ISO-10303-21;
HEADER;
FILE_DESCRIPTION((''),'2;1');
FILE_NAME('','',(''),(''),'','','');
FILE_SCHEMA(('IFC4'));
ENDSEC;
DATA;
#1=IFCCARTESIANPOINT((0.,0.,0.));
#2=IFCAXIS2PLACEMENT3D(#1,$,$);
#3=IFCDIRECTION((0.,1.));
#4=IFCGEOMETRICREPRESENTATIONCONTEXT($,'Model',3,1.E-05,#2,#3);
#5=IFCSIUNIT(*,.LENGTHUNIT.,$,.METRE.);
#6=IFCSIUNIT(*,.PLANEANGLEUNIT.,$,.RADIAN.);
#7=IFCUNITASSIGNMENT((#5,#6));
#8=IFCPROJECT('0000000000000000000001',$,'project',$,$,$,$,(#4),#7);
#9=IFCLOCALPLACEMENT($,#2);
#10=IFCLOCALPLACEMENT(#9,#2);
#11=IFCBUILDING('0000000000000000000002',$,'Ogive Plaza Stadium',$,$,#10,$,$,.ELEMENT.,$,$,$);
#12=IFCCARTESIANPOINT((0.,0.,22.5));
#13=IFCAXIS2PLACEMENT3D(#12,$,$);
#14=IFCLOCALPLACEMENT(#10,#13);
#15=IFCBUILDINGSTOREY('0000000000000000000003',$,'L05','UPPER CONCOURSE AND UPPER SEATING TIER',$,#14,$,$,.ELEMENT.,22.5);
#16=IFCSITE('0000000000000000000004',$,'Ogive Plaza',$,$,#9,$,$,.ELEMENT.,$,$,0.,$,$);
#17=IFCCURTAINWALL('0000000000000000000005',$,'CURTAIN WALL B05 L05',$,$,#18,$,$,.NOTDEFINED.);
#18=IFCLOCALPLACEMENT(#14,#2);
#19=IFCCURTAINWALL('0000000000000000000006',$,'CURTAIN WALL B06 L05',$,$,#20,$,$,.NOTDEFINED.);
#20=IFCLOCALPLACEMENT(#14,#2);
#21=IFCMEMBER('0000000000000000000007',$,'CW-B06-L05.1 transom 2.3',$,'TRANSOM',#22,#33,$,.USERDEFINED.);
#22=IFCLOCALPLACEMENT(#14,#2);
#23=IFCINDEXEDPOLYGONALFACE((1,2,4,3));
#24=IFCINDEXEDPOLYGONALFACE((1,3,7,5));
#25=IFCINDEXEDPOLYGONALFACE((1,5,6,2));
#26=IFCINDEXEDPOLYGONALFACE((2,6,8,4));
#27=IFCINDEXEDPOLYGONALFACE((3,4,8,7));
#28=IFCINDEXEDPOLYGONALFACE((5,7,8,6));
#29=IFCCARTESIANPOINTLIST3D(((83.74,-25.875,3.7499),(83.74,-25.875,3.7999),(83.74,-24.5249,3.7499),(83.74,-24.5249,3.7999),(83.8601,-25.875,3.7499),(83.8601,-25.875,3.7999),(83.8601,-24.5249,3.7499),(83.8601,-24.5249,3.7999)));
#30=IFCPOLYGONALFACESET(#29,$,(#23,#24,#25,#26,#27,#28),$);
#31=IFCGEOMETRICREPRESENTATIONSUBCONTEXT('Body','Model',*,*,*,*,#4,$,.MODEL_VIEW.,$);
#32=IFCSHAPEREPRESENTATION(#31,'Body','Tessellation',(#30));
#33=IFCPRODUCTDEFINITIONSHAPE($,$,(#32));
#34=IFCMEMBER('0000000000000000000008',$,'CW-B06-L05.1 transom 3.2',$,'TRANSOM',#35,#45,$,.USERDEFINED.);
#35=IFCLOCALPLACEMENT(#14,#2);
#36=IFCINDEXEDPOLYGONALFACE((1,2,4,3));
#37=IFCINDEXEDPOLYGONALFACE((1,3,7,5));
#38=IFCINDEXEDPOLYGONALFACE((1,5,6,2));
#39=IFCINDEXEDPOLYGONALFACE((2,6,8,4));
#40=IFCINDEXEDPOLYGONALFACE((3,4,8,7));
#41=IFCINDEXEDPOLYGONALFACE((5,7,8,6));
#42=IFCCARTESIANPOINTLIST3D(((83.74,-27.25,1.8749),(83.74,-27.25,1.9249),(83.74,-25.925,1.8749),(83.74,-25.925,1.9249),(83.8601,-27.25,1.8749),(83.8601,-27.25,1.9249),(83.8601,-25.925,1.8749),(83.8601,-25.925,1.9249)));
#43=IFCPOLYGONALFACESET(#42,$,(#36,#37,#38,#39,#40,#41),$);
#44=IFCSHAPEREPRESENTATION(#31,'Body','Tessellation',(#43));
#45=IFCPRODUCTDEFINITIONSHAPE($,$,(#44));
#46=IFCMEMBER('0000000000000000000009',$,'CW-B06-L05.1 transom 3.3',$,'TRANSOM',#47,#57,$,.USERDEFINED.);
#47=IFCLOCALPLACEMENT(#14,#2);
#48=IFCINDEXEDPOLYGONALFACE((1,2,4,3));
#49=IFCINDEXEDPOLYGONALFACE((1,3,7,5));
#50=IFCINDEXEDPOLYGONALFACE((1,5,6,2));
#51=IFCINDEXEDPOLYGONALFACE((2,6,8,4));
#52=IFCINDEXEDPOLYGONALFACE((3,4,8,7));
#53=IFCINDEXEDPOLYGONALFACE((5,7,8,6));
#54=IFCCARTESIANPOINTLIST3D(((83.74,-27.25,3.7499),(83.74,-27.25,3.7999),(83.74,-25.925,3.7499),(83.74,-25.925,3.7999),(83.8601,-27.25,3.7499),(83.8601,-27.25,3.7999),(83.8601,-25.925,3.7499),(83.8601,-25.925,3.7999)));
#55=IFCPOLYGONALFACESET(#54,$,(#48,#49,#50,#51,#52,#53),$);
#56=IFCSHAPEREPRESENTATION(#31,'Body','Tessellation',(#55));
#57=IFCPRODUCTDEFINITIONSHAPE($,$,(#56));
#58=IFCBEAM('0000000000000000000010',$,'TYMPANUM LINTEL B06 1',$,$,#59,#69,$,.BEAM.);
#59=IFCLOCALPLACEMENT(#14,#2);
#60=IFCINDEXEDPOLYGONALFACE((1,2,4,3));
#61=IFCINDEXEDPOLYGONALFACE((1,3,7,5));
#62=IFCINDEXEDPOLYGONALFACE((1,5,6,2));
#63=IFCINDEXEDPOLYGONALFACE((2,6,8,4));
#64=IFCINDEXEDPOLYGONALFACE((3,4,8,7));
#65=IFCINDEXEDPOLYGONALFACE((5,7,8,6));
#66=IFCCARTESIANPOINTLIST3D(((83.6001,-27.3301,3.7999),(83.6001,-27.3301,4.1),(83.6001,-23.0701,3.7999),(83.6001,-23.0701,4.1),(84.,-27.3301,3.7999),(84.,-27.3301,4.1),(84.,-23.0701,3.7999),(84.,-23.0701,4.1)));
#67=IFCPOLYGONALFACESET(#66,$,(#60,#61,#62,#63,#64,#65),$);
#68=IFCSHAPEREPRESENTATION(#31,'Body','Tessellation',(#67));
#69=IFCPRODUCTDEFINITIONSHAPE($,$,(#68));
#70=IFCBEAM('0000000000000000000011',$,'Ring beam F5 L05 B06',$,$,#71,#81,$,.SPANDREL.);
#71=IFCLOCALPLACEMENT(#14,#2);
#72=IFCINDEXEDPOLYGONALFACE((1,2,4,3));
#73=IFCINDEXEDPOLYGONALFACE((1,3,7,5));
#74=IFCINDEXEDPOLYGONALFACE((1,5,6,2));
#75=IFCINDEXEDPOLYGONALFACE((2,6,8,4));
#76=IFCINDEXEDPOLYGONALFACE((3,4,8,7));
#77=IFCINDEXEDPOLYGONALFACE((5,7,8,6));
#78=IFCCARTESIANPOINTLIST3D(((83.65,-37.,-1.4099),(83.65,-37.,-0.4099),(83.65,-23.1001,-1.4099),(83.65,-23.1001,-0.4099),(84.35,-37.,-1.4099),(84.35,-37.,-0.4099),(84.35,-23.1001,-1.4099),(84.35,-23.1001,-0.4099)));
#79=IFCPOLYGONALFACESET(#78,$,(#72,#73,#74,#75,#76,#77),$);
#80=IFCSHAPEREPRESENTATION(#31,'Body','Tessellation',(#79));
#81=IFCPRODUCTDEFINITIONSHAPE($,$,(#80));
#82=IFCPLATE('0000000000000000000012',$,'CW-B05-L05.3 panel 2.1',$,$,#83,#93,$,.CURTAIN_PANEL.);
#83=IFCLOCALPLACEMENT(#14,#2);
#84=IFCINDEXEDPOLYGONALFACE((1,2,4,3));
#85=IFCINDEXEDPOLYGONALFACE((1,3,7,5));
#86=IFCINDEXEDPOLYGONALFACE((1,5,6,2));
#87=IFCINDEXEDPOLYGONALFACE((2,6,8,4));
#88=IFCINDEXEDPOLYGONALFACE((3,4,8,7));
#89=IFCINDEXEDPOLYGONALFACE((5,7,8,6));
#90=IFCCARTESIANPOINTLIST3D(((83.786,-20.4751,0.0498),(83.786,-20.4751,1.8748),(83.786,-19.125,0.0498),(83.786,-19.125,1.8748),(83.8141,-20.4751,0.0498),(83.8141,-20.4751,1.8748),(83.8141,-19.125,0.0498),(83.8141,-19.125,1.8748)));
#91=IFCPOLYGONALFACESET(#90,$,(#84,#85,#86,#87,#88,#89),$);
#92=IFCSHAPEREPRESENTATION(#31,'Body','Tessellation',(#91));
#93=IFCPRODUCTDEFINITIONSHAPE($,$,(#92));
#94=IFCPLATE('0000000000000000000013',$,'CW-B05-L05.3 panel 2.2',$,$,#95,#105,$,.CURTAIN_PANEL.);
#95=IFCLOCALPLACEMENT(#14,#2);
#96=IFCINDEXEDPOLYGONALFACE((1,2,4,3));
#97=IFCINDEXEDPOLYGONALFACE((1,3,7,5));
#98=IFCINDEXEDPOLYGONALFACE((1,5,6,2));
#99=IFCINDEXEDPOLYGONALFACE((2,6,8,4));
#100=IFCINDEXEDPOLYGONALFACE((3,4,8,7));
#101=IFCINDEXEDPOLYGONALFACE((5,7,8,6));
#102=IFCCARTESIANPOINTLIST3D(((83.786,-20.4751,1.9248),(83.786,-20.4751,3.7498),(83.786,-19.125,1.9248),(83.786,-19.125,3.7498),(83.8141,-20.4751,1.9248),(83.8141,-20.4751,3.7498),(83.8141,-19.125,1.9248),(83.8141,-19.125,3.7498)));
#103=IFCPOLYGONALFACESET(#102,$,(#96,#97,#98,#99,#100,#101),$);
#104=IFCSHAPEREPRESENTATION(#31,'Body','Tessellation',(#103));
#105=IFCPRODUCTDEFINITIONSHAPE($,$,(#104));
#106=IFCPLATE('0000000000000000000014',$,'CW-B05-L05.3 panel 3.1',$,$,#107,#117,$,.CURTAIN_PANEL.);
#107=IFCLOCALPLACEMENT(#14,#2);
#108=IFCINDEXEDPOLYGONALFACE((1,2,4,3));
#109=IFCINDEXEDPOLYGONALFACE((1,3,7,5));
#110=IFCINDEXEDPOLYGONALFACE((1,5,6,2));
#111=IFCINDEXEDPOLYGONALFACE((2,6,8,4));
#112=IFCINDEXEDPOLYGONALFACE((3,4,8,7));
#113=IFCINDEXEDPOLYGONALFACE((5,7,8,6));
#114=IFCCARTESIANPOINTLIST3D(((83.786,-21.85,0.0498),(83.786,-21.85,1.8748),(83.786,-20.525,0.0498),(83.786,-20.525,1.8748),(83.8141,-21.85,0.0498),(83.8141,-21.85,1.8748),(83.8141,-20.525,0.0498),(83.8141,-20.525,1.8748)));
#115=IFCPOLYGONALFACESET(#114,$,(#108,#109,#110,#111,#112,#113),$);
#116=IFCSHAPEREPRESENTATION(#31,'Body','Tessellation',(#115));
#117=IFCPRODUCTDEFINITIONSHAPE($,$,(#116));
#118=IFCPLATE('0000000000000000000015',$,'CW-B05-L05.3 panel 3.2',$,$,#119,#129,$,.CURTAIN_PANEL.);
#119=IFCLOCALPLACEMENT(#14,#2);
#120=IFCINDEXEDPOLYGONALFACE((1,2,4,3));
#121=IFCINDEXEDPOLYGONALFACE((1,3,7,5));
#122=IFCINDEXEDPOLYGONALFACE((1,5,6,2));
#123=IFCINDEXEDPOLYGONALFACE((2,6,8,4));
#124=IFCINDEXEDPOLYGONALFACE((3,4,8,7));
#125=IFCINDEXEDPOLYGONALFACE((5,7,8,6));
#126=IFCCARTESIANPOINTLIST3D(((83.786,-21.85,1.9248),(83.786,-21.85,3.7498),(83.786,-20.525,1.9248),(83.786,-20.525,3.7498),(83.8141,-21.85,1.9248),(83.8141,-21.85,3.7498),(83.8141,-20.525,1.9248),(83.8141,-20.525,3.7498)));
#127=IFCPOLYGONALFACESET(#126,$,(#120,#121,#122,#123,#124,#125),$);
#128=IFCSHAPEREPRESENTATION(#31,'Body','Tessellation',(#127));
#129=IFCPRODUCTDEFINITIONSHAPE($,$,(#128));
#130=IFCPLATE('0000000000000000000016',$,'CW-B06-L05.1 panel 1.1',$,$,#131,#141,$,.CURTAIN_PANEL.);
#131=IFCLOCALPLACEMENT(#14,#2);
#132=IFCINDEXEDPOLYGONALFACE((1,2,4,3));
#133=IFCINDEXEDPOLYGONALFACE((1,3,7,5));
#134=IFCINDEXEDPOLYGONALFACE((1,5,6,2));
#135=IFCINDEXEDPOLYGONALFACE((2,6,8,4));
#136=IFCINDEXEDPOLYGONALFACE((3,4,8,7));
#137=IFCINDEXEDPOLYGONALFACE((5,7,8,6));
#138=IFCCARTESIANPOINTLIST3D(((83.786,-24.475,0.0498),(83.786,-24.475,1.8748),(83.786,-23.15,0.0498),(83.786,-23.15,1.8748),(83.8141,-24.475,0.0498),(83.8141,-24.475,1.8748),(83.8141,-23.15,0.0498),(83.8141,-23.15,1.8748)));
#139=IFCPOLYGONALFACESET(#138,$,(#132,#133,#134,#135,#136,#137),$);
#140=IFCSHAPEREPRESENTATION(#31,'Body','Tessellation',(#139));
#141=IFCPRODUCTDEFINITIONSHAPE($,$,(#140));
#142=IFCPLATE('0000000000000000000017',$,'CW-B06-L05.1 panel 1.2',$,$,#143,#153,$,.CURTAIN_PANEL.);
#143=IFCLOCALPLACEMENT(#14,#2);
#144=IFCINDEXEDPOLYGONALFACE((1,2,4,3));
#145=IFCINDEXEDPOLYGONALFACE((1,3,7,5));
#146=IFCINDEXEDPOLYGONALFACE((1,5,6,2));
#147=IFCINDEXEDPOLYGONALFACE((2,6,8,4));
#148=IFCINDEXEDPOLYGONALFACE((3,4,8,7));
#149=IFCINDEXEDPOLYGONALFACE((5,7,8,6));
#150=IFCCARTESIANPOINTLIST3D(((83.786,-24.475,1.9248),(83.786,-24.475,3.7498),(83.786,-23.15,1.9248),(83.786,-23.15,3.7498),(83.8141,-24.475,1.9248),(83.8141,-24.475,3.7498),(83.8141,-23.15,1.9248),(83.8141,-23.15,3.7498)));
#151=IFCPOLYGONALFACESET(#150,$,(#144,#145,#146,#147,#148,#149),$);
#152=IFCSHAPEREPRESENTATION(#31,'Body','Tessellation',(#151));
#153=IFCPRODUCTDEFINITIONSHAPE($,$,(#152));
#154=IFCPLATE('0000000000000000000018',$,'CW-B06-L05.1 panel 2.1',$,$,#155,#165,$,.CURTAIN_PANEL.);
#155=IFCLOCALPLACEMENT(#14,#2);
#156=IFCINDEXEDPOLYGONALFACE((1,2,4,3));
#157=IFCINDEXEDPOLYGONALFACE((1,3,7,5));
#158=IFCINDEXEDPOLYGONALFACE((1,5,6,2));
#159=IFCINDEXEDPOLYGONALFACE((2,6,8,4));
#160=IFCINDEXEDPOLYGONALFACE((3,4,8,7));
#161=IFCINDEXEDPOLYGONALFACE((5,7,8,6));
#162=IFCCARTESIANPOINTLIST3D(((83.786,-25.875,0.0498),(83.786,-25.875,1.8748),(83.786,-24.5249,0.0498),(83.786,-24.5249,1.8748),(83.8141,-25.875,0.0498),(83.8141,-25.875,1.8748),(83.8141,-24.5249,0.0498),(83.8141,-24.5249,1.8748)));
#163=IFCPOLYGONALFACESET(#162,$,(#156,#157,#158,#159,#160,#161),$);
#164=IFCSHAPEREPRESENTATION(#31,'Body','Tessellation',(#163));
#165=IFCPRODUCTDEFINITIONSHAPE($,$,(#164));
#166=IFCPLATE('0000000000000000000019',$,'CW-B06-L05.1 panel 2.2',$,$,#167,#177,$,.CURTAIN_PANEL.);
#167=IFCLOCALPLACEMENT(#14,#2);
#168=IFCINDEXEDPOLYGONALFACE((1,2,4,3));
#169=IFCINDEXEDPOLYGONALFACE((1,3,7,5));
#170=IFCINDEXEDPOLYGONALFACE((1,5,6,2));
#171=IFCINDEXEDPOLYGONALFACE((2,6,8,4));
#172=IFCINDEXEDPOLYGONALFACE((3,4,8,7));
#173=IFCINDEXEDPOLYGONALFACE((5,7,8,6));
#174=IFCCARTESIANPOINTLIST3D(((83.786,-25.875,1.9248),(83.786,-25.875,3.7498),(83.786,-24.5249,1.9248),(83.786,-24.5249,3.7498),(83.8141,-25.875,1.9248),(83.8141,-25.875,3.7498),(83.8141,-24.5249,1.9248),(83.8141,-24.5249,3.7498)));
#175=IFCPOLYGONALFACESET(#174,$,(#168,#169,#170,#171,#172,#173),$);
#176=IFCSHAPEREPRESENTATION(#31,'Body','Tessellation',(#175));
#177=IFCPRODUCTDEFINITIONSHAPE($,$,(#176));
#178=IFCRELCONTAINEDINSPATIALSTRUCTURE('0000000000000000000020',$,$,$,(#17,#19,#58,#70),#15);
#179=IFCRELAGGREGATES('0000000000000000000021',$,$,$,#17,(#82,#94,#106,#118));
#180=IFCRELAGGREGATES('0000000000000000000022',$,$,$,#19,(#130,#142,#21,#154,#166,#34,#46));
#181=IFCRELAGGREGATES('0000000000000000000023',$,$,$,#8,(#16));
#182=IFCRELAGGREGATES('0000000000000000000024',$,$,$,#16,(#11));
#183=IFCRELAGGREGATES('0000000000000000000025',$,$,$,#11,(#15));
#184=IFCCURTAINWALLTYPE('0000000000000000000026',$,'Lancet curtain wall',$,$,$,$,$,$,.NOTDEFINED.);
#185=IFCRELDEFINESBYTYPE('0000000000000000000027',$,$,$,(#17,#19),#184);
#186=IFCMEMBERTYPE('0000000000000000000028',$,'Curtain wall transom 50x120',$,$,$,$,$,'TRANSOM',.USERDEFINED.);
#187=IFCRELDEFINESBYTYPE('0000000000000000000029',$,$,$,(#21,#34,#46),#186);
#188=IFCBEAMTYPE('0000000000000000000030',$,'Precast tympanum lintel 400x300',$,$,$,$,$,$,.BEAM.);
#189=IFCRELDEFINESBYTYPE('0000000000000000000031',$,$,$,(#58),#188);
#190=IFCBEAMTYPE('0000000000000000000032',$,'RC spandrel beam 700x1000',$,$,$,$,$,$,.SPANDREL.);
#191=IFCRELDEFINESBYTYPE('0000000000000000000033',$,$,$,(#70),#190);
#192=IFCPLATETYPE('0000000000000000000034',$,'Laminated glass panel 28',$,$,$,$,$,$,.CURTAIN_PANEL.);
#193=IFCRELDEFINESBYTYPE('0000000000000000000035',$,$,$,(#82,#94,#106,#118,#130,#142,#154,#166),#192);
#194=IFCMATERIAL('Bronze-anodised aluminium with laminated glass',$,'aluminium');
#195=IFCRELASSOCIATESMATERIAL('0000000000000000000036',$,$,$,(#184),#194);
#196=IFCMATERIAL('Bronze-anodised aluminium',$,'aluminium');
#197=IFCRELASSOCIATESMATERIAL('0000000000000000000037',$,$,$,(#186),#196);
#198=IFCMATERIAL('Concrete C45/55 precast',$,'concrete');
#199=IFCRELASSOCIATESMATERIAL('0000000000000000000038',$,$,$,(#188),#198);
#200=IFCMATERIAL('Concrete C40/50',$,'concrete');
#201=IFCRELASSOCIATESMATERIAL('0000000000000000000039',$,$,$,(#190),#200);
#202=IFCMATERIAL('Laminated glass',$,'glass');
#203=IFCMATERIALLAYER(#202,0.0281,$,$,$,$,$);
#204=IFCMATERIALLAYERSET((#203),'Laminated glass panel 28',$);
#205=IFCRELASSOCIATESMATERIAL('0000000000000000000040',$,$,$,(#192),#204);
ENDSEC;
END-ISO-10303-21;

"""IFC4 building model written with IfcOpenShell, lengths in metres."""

from ifc_helpers import new_model, si_unit, direction, frame, origin, origin_2d, place, context, subcontext, project, spatial, rectangle, extrude, material, layer, layer_set, material_profile, profile_set, type_object, element, aggregate, save


model = new_model("IFC4")

# Units and contexts
model_context = context("Model", 3, precision=1e-05, world=origin(), true_north=direction((0.0, 1.0)))
body_context = subcontext(model_context, "Body", "Model", "MODEL_VIEW")
ifc_project = project(units=[si_unit("LENGTHUNIT", "METRE"), si_unit("PLANEANGLEUNIT", "RADIAN")], contexts=[model_context])

# Site, building, storey
site_placement = place(None, origin())
site = spatial("IfcSite", under=ifc_project, at=site_placement, Name="Ogive Plaza", CompositionType="ELEMENT", RefElevation=0.0)
building_placement = place(site_placement, origin())
building = spatial("IfcBuilding", under=site, at=building_placement, Name="Ogive Plaza Stadium", CompositionType="ELEMENT")
storey_placement = place(building_placement, frame((0.0, 0.0, 22.5)))
storey = spatial("IfcBuildingStorey", under=building, at=storey_placement, Name="L05", Description="UPPER CONCOURSE AND UPPER SEATING TIER", CompositionType="ELEMENT", Elevation=22.5)

# Curtain walls
ifc_material_1 = material(Name="Bronze-anodised aluminium with laminated glass", Category="aluminium")
curtain_wall_type = type_object("IfcCurtainWallType", Name="Lancet curtain wall", PredefinedType="NOTDEFINED", material=ifc_material_1)
curtain_wall_1_placement = place(storey_placement, origin())
curtain_wall_1 = element("IfcCurtainWall", 1, at=curtain_wall_1_placement, inside=storey, type_object=curtain_wall_type, Name="CURTAIN WALL B05 L05", PredefinedType="NOTDEFINED")
curtain_wall_2_placement = place(storey_placement, origin())
curtain_wall_2 = element("IfcCurtainWall", 2, at=curtain_wall_2_placement, inside=storey, type_object=curtain_wall_type, Name="CURTAIN WALL B06 L05", PredefinedType="NOTDEFINED")

# Members
ifc_material_2 = material(Name="Bronze-anodised aluminium", Category="aluminium")
ifc_material_profile_1 = material_profile(ifc_material_2, rectangle(XDim=0.1201, YDim=0.05, at=origin_2d()), Name="AL 120x50")
ifc_profile_set_1 = profile_set([ifc_material_profile_1], Name="Bronze-anodised aluminium")
member_type_1 = type_object("IfcMemberType", Name="Curtain wall transom 50x120", ElementType="TRANSOM", PredefinedType="USERDEFINED", material=ifc_profile_set_1)
member_1_placement = place(storey_placement, frame((83.8, -24.5249, 3.7749), z_axis=(0.0, -1.0, 0.0), x_axis=(1.0, 0.0, 0.0)))
member_1 = element("IfcMember", 3, at=member_1_placement, type_object=member_type_1, Name="CW-B06-L05.1 transom 2.3", ObjectType="TRANSOM", PredefinedType="USERDEFINED", context=body_context, shape_type="SweptSolid", body=[
    extrude(rectangle(XDim=0.1201, YDim=0.05, at=origin_2d()), origin(), (0.0, 0.0, 1.0), 1.3501),
])
member_2_placement = place(storey_placement, frame((83.8, -25.925, 1.8999), z_axis=(0.0, -1.0, 0.0), x_axis=(1.0, 0.0, 0.0)))
member_2 = element("IfcMember", 4, at=member_2_placement, type_object=member_type_1, Name="CW-B06-L05.1 transom 3.2", ObjectType="TRANSOM", PredefinedType="USERDEFINED", context=body_context, shape_type="SweptSolid", body=[
    extrude(rectangle(XDim=0.1201, YDim=0.05, at=origin_2d()), origin(), (0.0, 0.0, 1.0), 1.325),
])
member_3_placement = place(storey_placement, frame((83.8, -25.925, 3.7749), z_axis=(0.0, -1.0, 0.0), x_axis=(1.0, 0.0, 0.0)))
member_3 = element("IfcMember", 5, at=member_3_placement, type_object=member_type_1, Name="CW-B06-L05.1 transom 3.3", ObjectType="TRANSOM", PredefinedType="USERDEFINED", context=body_context, shape_type="SweptSolid", body=[
    extrude(rectangle(XDim=0.1201, YDim=0.05, at=origin_2d()), origin(), (0.0, 0.0, 1.0), 1.325),
])

# Beams
ifc_material_3 = material(Name="Concrete C45/55 precast", Category="concrete")
ifc_material_profile_2 = material_profile(ifc_material_3, rectangle(XDim=0.3999, YDim=0.3, at=origin_2d()), Name="RC 400x300")
ifc_profile_set_2 = profile_set([ifc_material_profile_2], Name="Concrete C45/55 precast")
beam_type_1 = type_object("IfcBeamType", Name="Precast tympanum lintel 400x300", PredefinedType="BEAM", material=ifc_profile_set_2)
beam_1_placement = place(storey_placement, frame((83.8, -23.0701, 3.95), z_axis=(0.0, -1.0, 0.0), x_axis=(1.0, 0.0, 0.0)))
element("IfcBeam", 6, at=beam_1_placement, inside=storey, type_object=beam_type_1, Name="TYMPANUM LINTEL B06 1", PredefinedType="BEAM", context=body_context, shape_type="SweptSolid", body=[
    extrude(rectangle(XDim=0.3999, YDim=0.3, at=origin_2d()), origin(), (0.0, 0.0, 1.0), 4.26),
])
ifc_material_4 = material(Name="Concrete C40/50", Category="concrete")
ifc_material_profile_3 = material_profile(ifc_material_4, rectangle(XDim=0.7, YDim=1.0, at=origin_2d()), Name="RC 700x1000")
ifc_profile_set_3 = profile_set([ifc_material_profile_3], Name="Concrete C40/50")
beam_type_2 = type_object("IfcBeamType", Name="RC spandrel beam 700x1000", PredefinedType="SPANDREL", material=ifc_profile_set_3)
beam_2_placement = place(storey_placement, frame((84.0, -23.1001, -0.9099), z_axis=(0.0, -1.0, 0.0), x_axis=(1.0, 0.0, 0.0)))
element("IfcBeam", 7, at=beam_2_placement, inside=storey, type_object=beam_type_2, Name="Ring beam F5 L05 B06", PredefinedType="SPANDREL", context=body_context, shape_type="SweptSolid", body=[
    extrude(rectangle(XDim=0.7, YDim=1.0, at=origin_2d()), origin(), (0.0, 0.0, 1.0), 13.8999),
])

# Plates
ifc_material_5 = material(Name="Laminated glass", Category="glass")
ifc_layer_1 = layer(ifc_material_5, 0.0281)
ifc_layer_set_1 = layer_set([ifc_layer_1], Name="Laminated glass panel 28")
plate_type = type_object("IfcPlateType", Name="Laminated glass panel 28", PredefinedType="CURTAIN_PANEL", material=ifc_layer_set_1)
plate_1_placement = place(storey_placement, frame((83.8, -19.8, 0.0498), z_axis=(0.0, 0.0, 1.0), x_axis=(0.0, -1.0, 0.0)))
plate_1 = element("IfcPlate", 8, at=plate_1_placement, type_object=plate_type, Name="CW-B05-L05.3 panel 2.1", PredefinedType="CURTAIN_PANEL", context=body_context, shape_type="SweptSolid", body=[
    extrude(rectangle(XDim=1.3501, YDim=0.0281, at=origin_2d()), origin(), (0.0, 0.0, 1.0), 1.825),
])
plate_2_placement = place(storey_placement, frame((83.8, -19.8, 1.9248), z_axis=(0.0, 0.0, 1.0), x_axis=(0.0, -1.0, 0.0)))
plate_2 = element("IfcPlate", 9, at=plate_2_placement, type_object=plate_type, Name="CW-B05-L05.3 panel 2.2", PredefinedType="CURTAIN_PANEL", context=body_context, shape_type="SweptSolid", body=[
    extrude(rectangle(XDim=1.3501, YDim=0.0281, at=origin_2d()), origin(), (0.0, 0.0, 1.0), 1.825),
])
plate_3_placement = place(storey_placement, frame((83.8, -21.1875, 0.0498), z_axis=(0.0, 0.0, 1.0), x_axis=(0.0, -1.0, 0.0)))
plate_3 = element("IfcPlate", 10, at=plate_3_placement, type_object=plate_type, Name="CW-B05-L05.3 panel 3.1", PredefinedType="CURTAIN_PANEL", context=body_context, shape_type="SweptSolid", body=[
    extrude(rectangle(XDim=1.325, YDim=0.0281, at=origin_2d()), origin(), (0.0, 0.0, 1.0), 1.825),
])
plate_4_placement = place(storey_placement, frame((83.8, -21.1875, 1.9248), z_axis=(0.0, 0.0, 1.0), x_axis=(0.0, -1.0, 0.0)))
plate_4 = element("IfcPlate", 11, at=plate_4_placement, type_object=plate_type, Name="CW-B05-L05.3 panel 3.2", PredefinedType="CURTAIN_PANEL", context=body_context, shape_type="SweptSolid", body=[
    extrude(rectangle(XDim=1.325, YDim=0.0281, at=origin_2d()), origin(), (0.0, 0.0, 1.0), 1.825),
])
aggregate(curtain_wall_1, [plate_1, plate_2, plate_3, plate_4])
plate_5_placement = place(storey_placement, frame((83.8, -23.8125, 0.0498), z_axis=(0.0, 0.0, 1.0), x_axis=(0.0, -1.0, 0.0)))
plate_5 = element("IfcPlate", 12, at=plate_5_placement, type_object=plate_type, Name="CW-B06-L05.1 panel 1.1", PredefinedType="CURTAIN_PANEL", context=body_context, shape_type="SweptSolid", body=[
    extrude(rectangle(XDim=1.325, YDim=0.0281, at=origin_2d()), origin(), (0.0, 0.0, 1.0), 1.825),
])
plate_6_placement = place(storey_placement, frame((83.8, -23.8125, 1.9248), z_axis=(0.0, 0.0, 1.0), x_axis=(0.0, -1.0, 0.0)))
plate_6 = element("IfcPlate", 13, at=plate_6_placement, type_object=plate_type, Name="CW-B06-L05.1 panel 1.2", PredefinedType="CURTAIN_PANEL", context=body_context, shape_type="SweptSolid", body=[
    extrude(rectangle(XDim=1.325, YDim=0.0281, at=origin_2d()), origin(), (0.0, 0.0, 1.0), 1.825),
])
plate_7_placement = place(storey_placement, frame((83.8, -25.2, 0.0498), z_axis=(0.0, 0.0, 1.0), x_axis=(0.0, -1.0, 0.0)))
plate_7 = element("IfcPlate", 14, at=plate_7_placement, type_object=plate_type, Name="CW-B06-L05.1 panel 2.1", PredefinedType="CURTAIN_PANEL", context=body_context, shape_type="SweptSolid", body=[
    extrude(rectangle(XDim=1.3501, YDim=0.0281, at=origin_2d()), origin(), (0.0, 0.0, 1.0), 1.825),
])
plate_8_placement = place(storey_placement, frame((83.8, -25.2, 1.9248), z_axis=(0.0, 0.0, 1.0), x_axis=(0.0, -1.0, 0.0)))
plate_8 = element("IfcPlate", 15, at=plate_8_placement, type_object=plate_type, Name="CW-B06-L05.1 panel 2.2", PredefinedType="CURTAIN_PANEL", context=body_context, shape_type="SweptSolid", body=[
    extrude(rectangle(XDim=1.3501, YDim=0.0281, at=origin_2d()), origin(), (0.0, 0.0, 1.0), 1.825),
])
aggregate(curtain_wall_2, [plate_5, plate_6, member_1, plate_7, plate_8, member_2, member_3])

save(model, "model.ifc")
